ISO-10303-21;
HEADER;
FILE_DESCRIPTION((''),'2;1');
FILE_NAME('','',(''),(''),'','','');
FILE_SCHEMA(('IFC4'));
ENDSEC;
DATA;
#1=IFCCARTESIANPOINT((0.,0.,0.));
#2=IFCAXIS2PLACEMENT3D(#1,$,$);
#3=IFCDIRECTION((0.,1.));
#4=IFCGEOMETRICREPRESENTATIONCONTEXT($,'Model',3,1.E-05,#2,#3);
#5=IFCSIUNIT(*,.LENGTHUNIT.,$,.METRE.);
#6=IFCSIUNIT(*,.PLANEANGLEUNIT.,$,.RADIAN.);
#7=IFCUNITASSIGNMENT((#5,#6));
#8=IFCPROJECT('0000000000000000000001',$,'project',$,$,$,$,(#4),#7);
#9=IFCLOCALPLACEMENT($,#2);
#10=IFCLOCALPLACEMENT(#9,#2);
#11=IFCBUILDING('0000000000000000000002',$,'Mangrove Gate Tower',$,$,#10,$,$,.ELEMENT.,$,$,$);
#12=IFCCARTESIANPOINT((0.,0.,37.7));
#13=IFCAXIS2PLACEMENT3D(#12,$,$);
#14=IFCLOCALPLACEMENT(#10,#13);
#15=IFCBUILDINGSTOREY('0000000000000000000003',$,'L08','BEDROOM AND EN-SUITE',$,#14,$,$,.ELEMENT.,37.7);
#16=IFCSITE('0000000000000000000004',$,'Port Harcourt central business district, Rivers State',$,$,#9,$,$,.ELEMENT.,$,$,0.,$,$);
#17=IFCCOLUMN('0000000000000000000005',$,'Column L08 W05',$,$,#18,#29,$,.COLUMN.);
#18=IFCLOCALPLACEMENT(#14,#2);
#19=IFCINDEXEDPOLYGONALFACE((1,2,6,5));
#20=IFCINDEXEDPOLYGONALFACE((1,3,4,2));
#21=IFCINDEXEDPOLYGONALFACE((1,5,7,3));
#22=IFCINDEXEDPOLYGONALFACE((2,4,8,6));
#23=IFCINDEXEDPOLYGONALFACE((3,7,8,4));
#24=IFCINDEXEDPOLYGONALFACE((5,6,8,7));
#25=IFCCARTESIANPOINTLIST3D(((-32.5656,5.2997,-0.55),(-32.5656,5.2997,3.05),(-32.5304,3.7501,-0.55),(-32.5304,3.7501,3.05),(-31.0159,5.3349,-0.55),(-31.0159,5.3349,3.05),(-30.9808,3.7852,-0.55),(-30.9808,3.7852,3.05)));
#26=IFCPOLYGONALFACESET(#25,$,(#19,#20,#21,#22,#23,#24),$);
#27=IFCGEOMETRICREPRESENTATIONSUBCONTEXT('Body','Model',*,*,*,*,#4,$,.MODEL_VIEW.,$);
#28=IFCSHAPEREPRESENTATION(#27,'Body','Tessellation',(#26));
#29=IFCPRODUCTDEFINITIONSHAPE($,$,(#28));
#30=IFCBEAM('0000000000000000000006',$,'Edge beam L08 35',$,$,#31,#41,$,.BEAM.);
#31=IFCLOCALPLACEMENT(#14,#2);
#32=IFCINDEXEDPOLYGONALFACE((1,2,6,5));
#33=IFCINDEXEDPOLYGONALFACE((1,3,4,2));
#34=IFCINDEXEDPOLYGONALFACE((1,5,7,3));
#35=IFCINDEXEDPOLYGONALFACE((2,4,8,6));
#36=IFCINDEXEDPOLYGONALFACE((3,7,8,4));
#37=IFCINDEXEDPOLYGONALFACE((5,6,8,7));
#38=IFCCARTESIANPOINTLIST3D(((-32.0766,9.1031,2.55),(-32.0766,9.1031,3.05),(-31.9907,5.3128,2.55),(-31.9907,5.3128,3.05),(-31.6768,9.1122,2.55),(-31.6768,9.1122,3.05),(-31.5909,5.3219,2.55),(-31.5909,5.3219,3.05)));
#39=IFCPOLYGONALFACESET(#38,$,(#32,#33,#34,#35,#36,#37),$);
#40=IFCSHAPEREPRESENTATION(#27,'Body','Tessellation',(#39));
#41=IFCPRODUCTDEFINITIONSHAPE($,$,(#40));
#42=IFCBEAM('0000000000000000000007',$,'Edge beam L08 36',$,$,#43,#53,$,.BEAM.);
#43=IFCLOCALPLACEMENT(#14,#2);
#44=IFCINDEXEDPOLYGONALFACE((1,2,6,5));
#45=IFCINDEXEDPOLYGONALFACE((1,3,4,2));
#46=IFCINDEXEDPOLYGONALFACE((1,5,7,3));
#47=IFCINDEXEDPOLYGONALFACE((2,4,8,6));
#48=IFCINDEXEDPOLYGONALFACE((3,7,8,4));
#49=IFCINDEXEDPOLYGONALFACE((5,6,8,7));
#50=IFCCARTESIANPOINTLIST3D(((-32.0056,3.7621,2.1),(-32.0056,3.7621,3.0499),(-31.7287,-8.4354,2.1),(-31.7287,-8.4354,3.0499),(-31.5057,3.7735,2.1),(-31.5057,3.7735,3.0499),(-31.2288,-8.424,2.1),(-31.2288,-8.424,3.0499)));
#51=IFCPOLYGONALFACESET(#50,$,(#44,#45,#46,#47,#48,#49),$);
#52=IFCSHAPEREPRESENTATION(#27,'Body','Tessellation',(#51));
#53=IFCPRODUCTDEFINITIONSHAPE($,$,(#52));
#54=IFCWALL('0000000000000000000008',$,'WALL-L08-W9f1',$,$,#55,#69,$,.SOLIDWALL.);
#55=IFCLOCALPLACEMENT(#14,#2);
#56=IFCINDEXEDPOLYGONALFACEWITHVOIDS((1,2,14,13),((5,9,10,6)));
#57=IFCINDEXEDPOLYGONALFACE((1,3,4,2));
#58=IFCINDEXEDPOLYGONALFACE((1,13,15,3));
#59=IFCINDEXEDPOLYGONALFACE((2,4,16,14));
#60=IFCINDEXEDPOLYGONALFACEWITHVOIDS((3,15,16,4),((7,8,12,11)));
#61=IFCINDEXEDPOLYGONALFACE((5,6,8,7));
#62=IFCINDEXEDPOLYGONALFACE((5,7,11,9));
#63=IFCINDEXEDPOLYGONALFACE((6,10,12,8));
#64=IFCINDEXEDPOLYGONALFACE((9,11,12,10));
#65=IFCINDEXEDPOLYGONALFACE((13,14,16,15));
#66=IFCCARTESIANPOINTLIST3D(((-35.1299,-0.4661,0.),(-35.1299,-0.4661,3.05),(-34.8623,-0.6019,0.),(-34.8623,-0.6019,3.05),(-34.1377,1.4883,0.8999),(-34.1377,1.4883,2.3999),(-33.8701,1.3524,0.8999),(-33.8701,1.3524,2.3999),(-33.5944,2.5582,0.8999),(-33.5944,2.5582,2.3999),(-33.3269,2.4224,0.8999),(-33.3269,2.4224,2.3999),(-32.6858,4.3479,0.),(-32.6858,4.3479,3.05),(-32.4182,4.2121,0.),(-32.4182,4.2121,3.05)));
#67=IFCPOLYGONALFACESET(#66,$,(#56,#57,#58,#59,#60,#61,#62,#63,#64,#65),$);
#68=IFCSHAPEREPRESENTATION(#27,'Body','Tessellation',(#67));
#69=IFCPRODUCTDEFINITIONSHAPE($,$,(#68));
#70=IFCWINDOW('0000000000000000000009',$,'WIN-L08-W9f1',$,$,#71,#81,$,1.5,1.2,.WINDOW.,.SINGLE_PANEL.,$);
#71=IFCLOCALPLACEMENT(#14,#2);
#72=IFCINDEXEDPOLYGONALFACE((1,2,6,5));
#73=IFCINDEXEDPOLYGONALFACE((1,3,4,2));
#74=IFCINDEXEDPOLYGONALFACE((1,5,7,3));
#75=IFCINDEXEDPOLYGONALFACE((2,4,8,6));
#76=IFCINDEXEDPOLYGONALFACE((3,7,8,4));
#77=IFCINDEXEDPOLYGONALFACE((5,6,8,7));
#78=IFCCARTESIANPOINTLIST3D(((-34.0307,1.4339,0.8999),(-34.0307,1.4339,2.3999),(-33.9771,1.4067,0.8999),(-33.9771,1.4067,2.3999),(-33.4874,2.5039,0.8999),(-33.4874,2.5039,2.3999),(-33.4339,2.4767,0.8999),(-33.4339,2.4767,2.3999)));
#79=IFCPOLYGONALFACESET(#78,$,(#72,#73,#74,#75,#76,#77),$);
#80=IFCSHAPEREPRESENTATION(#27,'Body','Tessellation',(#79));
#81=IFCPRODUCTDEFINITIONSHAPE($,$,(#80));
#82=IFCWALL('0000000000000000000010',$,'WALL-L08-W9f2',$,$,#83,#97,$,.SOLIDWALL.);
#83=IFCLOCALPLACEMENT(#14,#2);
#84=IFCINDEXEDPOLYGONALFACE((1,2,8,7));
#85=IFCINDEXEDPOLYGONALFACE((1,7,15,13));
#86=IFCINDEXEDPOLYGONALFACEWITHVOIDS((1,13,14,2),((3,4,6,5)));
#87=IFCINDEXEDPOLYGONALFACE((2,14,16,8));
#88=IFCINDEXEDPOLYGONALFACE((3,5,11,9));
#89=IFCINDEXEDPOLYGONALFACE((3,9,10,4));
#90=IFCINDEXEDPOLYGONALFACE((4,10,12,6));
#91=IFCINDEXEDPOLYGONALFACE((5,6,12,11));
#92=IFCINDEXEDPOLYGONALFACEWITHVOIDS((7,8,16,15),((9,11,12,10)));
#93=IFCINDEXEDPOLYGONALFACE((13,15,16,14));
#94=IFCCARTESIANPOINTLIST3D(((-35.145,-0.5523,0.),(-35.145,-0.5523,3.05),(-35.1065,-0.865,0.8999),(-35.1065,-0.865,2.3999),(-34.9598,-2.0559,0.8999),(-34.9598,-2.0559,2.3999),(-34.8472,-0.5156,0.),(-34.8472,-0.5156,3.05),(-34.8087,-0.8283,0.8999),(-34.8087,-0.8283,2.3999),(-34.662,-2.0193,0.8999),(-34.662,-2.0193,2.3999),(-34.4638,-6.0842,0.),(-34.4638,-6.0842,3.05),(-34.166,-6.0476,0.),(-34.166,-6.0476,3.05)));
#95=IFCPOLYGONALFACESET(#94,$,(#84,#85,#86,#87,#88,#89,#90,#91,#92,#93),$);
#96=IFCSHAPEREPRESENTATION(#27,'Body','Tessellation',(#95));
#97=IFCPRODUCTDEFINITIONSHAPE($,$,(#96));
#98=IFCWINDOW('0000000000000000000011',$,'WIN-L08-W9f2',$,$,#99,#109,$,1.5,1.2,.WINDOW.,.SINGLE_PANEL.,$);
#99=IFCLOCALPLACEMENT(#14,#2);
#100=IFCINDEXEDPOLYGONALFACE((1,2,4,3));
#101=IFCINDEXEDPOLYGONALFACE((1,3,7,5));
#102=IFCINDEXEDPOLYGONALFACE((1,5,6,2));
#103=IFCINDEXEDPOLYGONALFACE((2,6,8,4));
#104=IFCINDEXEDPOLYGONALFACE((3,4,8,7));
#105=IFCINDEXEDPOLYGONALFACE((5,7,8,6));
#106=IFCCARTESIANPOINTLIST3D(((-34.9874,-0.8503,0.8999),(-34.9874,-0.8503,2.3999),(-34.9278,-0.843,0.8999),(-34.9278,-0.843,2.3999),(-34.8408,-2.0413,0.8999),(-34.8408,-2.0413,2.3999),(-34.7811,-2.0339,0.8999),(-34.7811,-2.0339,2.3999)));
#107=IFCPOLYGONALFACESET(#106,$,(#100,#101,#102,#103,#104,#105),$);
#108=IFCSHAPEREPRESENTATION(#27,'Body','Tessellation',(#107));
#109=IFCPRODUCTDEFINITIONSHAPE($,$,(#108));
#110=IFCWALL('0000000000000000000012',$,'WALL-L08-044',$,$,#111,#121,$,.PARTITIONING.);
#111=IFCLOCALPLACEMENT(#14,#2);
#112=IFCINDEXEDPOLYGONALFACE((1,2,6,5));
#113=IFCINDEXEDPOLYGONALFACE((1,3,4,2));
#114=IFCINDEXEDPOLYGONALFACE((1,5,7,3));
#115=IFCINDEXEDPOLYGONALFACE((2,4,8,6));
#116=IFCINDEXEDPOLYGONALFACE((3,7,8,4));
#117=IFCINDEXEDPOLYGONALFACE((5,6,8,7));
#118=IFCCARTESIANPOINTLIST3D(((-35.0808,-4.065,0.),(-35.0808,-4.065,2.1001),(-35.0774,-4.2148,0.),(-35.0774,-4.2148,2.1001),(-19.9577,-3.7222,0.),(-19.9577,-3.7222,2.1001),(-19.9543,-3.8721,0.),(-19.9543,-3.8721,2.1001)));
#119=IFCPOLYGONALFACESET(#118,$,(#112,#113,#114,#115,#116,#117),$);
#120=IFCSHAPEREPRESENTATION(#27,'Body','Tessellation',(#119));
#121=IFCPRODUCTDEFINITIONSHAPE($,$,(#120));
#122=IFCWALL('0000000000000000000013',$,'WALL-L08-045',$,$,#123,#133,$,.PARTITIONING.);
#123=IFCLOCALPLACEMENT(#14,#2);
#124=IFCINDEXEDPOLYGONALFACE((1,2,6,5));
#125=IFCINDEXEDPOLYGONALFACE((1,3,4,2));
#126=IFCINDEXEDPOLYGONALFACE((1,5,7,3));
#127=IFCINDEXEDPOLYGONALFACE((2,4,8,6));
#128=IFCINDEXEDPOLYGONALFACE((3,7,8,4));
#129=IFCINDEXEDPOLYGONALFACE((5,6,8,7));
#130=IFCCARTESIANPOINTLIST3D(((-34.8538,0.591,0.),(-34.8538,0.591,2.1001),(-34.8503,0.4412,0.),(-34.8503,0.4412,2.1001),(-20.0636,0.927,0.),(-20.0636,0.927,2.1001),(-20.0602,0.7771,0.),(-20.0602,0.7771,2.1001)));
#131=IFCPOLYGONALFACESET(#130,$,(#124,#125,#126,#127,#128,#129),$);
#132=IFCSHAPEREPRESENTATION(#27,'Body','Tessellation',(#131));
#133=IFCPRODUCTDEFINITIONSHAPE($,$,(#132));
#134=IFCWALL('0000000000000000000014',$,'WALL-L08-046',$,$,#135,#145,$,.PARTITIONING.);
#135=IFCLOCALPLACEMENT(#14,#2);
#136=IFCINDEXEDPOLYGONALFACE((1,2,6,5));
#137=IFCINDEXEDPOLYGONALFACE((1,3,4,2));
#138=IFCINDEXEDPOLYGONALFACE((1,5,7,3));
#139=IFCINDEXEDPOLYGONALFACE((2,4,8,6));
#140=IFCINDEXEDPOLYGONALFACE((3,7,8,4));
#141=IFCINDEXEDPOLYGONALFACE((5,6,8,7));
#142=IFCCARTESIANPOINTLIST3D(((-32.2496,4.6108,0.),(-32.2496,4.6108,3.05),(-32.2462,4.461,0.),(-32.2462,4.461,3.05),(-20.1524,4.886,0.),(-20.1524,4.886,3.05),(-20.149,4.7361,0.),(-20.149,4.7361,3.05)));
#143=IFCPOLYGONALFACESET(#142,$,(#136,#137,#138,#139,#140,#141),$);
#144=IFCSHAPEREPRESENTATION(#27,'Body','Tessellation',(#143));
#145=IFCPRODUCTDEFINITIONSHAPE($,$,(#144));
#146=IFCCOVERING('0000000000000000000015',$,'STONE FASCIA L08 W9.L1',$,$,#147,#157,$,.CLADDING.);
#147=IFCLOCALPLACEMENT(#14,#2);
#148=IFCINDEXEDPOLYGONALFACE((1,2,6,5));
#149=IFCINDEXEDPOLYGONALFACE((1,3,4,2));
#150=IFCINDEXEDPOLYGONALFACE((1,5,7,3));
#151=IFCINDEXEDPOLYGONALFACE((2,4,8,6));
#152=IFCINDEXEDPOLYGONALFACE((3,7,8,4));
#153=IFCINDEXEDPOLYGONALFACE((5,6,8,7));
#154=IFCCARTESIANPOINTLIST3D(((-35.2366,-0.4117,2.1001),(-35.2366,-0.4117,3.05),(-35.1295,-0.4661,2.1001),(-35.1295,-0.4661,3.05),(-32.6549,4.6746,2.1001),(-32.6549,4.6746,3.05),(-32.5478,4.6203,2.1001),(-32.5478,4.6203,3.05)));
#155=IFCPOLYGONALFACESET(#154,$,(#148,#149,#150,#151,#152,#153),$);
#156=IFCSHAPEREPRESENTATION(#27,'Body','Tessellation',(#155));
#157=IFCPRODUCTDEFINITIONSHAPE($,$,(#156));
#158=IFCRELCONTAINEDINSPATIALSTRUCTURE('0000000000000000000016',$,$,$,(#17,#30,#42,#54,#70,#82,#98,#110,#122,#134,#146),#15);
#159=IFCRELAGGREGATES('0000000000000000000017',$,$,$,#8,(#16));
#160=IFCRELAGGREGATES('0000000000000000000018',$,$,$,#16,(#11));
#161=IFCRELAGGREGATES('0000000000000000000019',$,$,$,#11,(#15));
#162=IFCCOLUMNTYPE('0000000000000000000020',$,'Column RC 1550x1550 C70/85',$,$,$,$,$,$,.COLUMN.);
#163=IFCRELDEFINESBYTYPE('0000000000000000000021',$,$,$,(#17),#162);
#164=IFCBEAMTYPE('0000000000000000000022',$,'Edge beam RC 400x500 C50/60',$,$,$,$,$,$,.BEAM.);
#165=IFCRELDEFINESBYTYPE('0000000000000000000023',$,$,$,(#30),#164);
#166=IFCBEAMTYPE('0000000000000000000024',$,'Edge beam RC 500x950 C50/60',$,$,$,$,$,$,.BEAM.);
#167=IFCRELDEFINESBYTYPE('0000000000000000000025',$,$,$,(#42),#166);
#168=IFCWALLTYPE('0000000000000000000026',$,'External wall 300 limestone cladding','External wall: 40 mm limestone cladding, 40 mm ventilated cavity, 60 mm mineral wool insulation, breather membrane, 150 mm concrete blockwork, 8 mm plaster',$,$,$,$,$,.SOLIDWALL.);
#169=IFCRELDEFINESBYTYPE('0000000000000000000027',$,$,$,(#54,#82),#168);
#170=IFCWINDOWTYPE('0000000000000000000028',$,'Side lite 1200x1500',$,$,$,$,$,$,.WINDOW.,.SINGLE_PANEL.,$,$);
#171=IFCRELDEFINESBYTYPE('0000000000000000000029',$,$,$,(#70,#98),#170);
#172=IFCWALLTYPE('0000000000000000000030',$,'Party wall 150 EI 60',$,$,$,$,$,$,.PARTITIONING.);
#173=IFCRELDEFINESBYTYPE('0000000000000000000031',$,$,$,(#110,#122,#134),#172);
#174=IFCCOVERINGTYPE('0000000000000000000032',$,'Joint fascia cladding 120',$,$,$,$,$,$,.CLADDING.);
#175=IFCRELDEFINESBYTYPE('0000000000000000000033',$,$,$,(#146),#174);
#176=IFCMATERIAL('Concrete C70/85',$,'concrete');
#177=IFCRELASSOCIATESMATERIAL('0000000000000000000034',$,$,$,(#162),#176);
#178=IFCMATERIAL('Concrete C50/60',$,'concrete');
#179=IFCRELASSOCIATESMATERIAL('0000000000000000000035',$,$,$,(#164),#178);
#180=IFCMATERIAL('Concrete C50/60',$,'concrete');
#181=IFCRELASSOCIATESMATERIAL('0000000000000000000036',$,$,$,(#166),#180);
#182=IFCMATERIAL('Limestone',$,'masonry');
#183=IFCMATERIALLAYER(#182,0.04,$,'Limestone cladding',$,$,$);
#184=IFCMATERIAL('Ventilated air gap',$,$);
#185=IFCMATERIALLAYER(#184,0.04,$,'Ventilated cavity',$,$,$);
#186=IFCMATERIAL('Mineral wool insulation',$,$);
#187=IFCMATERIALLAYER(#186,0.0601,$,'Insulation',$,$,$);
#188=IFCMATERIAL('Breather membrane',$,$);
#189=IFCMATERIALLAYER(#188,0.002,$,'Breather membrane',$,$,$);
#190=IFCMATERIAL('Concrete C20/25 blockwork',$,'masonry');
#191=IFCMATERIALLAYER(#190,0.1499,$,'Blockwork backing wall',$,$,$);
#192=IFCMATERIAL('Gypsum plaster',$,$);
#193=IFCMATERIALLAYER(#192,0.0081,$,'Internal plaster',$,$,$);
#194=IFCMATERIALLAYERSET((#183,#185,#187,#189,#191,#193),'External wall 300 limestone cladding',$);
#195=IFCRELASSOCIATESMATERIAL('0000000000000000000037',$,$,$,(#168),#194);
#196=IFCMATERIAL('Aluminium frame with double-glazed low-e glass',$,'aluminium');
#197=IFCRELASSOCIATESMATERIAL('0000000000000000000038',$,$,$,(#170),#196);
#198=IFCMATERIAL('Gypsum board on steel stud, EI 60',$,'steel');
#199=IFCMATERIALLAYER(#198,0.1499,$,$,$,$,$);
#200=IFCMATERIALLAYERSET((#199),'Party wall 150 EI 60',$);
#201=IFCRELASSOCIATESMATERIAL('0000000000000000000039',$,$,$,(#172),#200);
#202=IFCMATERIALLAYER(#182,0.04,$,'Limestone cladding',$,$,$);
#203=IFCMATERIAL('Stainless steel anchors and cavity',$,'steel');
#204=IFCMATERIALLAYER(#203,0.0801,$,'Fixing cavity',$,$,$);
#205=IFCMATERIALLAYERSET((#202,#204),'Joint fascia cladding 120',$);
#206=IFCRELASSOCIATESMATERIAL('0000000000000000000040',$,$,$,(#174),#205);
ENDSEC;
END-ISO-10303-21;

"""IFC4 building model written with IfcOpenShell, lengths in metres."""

from ifc_helpers import new_model, si_unit, direction, frame, frame_2d, origin, origin_2d, place, context, subcontext, project, spatial, rectangle, extrude, material, layer, layer_set, material_profile, profile_set, type_object, element, fill, save


model = new_model("IFC4")

# Units and contexts
model_context = context("Model", 3, precision=1e-05, world=origin(), true_north=direction((0.0, 1.0)))
body_context = subcontext(model_context, "Body", "Model", "MODEL_VIEW")
ifc_project = project(units=[si_unit("LENGTHUNIT", "METRE"), si_unit("PLANEANGLEUNIT", "RADIAN")], contexts=[model_context])

# Site, building, storey
site_placement = place(None, origin())
site = spatial("IfcSite", under=ifc_project, at=site_placement, Name="Port Harcourt central business district, Rivers State", CompositionType="ELEMENT", RefElevation=0.0)
building_placement = place(site_placement, origin())
building = spatial("IfcBuilding", under=site, at=building_placement, Name="Mangrove Gate Tower", CompositionType="ELEMENT")
storey_placement = place(building_placement, frame((0.0, 0.0, 37.7)))
storey = spatial("IfcBuildingStorey", under=building, at=storey_placement, Name="L08", Description="BEDROOM AND EN-SUITE", CompositionType="ELEMENT", Elevation=37.7)

# Column
ifc_material_1 = material(Name="Concrete C70/85", Category="concrete")
ifc_material_profile_1 = material_profile(ifc_material_1, rectangle(XDim=1.55, YDim=1.55, at=origin_2d()))
ifc_profile_set_1 = profile_set([ifc_material_profile_1], Name="Concrete C70/85")
column_type = type_object("IfcColumnType", Name="Column RC 1550x1550 C70/85", PredefinedType="COLUMN", material=ifc_profile_set_1)
column_placement = place(storey_placement, frame((-31.7732, 4.5425, -0.55), z_axis=(0.0, 0.0, 1.0), x_axis=(0.02268, -0.999743, 0.0)))
element("IfcColumn", 1, at=column_placement, inside=storey, type_object=column_type, Name="Column L08 W05", PredefinedType="COLUMN", context=body_context, shape_type="SweptSolid", body=[
    extrude(rectangle(XDim=1.55, YDim=1.55, at=origin_2d()), origin(), (0.0, 0.0, 1.0), 3.6001),
])

# Beams
ifc_material_2 = material(Name="Concrete C50/60", Category="concrete")
ifc_material_profile_2 = material_profile(ifc_material_2, rectangle(XDim=0.3999, YDim=0.5, at=origin_2d()))
ifc_profile_set_2 = profile_set([ifc_material_profile_2], Name="Concrete C50/60")
beam_type_1 = type_object("IfcBeamType", Name="Edge beam RC 400x500 C50/60", PredefinedType="BEAM", material=ifc_profile_set_2)
beam_1_placement = place(storey_placement, frame((-31.8767, 9.1077, 2.8), z_axis=(0.022667, -0.999743, 0.0), x_axis=(0.999743, 0.022667, 0.0)))
element("IfcBeam", 2, at=beam_1_placement, inside=storey, type_object=beam_type_1, Name="Edge beam L08 35", PredefinedType="BEAM", context=body_context, shape_type="SweptSolid", body=[
    extrude(rectangle(XDim=0.3999, YDim=0.5, at=origin_2d()), origin(), (0.0, 0.0, 1.0), 3.7913),
])
ifc_material_3 = material(Name="Concrete C50/60", Category="concrete")
ifc_material_profile_3 = material_profile(ifc_material_3, rectangle(XDim=0.5, YDim=0.95, at=origin_2d()))
ifc_profile_set_3 = profile_set([ifc_material_profile_3], Name="Concrete C50/60")
beam_type_2 = type_object("IfcBeamType", Name="Edge beam RC 500x950 C50/60", PredefinedType="BEAM", material=ifc_profile_set_3)
beam_2_placement = place(storey_placement, frame((-31.7556, 3.7678, 2.575), z_axis=(0.022692, -0.999743, 0.0), x_axis=(0.999743, 0.022692, 0.0)))
element("IfcBeam", 3, at=beam_2_placement, inside=storey, type_object=beam_type_2, Name="Edge beam L08 36", PredefinedType="BEAM", context=body_context, shape_type="SweptSolid", body=[
    extrude(rectangle(XDim=0.5, YDim=0.95, at=origin_2d()), origin(), (0.0, 0.0, 1.0), 12.2007),
])

# Walls, openings, windows
ifc_material_4 = material(Name="Limestone", Category="masonry")
ifc_layer_1 = layer(ifc_material_4, 0.04, Name="Limestone cladding")
ifc_material_5 = material(Name="Ventilated air gap")
ifc_layer_2 = layer(ifc_material_5, 0.04, Name="Ventilated cavity")
ifc_material_6 = material(Name="Mineral wool insulation")
ifc_layer_3 = layer(ifc_material_6, 0.0601, Name="Insulation")
ifc_material_7 = material(Name="Breather membrane")
ifc_layer_4 = layer(ifc_material_7, 0.002, Name="Breather membrane")
ifc_material_8 = material(Name="Concrete C20/25 blockwork", Category="masonry")
ifc_layer_5 = layer(ifc_material_8, 0.1499, Name="Blockwork backing wall")
ifc_material_9 = material(Name="Gypsum plaster")
ifc_layer_6 = layer(ifc_material_9, 0.0081, Name="Internal plaster")
ifc_layer_set_1 = layer_set([ifc_layer_1, ifc_layer_2, ifc_layer_3, ifc_layer_4, ifc_layer_5, ifc_layer_6], Name="External wall 300 limestone cladding")
wall_type_1 = type_object("IfcWallType", Name="External wall 300 limestone cladding", Description="External wall: 40 mm limestone cladding, 40 mm ventilated cavity, 60 mm mineral wool insulation, breather membrane, 150 mm concrete blockwork, 8 mm plaster", PredefinedType="SOLIDWALL", material=ifc_layer_set_1)
wall_1_placement = place(storey_placement, frame((-32.552, 4.28, 0.0), z_axis=(0.0, 0.0, 1.0), x_axis=(-0.452704, -0.891661, 0.0)))
wall_1 = element("IfcWall", 4, at=wall_1_placement, inside=storey, type_object=wall_type_1, Name="WALL-L08-W9f1", PredefinedType="SOLIDWALL", context=body_context, shape_type="SweptSolid", body=[
    extrude(rectangle(XDim=5.3989, YDim=0.3, at=frame_2d((2.6995, 0.0))), origin(), (0.0, 0.0, 1.0), 3.05),
])
opening_1_placement = place(wall_1_placement, frame((2.0071, 0.0, 0.8999)))
opening_1 = element("IfcOpeningElement", 5, at=opening_1_placement, cuts=wall_1, PredefinedType="OPENING", context=body_context, shape_type="SweptSolid", body=[
    extrude(rectangle(XDim=1.2, YDim=1.5, at=frame_2d((0.6001, 0.75))), frame((0.0, 0.1599, 0.0), z_axis=(0.0, -1.0, 0.0), x_axis=(1.0, 0.0, 0.0)), (0.0, 0.0, 1.0), 0.3201),
])
ifc_material_10 = material(Name="Aluminium frame with double-glazed low-e glass", Category="aluminium")
window_type = type_object("IfcWindowType", Name="Side lite 1200x1500", PartitioningType="SINGLE_PANEL", PredefinedType="WINDOW", material=ifc_material_10)
window_1_placement = place(opening_1_placement, origin())
window_1 = element("IfcWindow", 6, at=window_1_placement, inside=storey, type_object=window_type, Name="WIN-L08-W9f1", OverallHeight=1.5, OverallWidth=1.2, PartitioningType="SINGLE_PANEL", PredefinedType="WINDOW", context=body_context, shape_type="SweptSolid", body=[
    extrude(rectangle(XDim=1.2, YDim=1.5, at=frame_2d((0.6001, 0.75))), frame((0.0, 0.03, 0.0), z_axis=(0.0, -1.0, 0.0), x_axis=(1.0, 0.0, 0.0)), (0.0, 0.0, 1.0), 0.0601),
])
fill(opening_1, window_1)
wall_2_placement = place(storey_placement, frame((-34.9961, -0.5339, 0.0), z_axis=(0.0, 0.0, 1.0), x_axis=(0.122207, -0.992505, 0.0)))
wall_2 = element("IfcWall", 7, at=wall_2_placement, inside=storey, type_object=wall_type_1, Name="WALL-L08-W9f2", PredefinedType="SOLIDWALL", context=body_context, shape_type="SweptSolid", body=[
    extrude(rectangle(XDim=5.5737, YDim=0.3, at=frame_2d((2.7869, 0.0))), origin(), (0.0, 0.0, 1.0), 3.05),
])
opening_2_placement = place(wall_2_placement, frame((0.3149, 0.0, 0.8999)))
opening_2 = element("IfcOpeningElement", 8, at=opening_2_placement, cuts=wall_2, PredefinedType="OPENING", context=body_context, shape_type="SweptSolid", body=[
    extrude(rectangle(XDim=1.2, YDim=1.5, at=frame_2d((0.6001, 0.75))), frame((0.0, 0.1599, 0.0), z_axis=(0.0, -1.0, 0.0), x_axis=(1.0, 0.0, 0.0)), (0.0, 0.0, 1.0), 0.3201),
])
window_2_placement = place(opening_2_placement, origin())
window_2 = element("IfcWindow", 9, at=window_2_placement, inside=storey, type_object=window_type, Name="WIN-L08-W9f2", OverallHeight=1.5, OverallWidth=1.2, PartitioningType="SINGLE_PANEL", PredefinedType="WINDOW", context=body_context, shape_type="SweptSolid", body=[
    extrude(rectangle(XDim=1.2, YDim=1.5, at=frame_2d((0.6001, 0.75))), frame((0.0, 0.03, 0.0), z_axis=(0.0, -1.0, 0.0), x_axis=(1.0, 0.0, 0.0)), (0.0, 0.0, 1.0), 0.0601),
])
fill(opening_2, window_2)

# Walls
ifc_material_11 = material(Name="Gypsum board on steel stud, EI 60", Category="steel")
ifc_layer_7 = layer(ifc_material_11, 0.1499)
ifc_layer_set_2 = layer_set([ifc_layer_7], Name="Party wall 150 EI 60")
wall_type_2 = type_object("IfcWallType", Name="Party wall 150 EI 60", PredefinedType="PARTITIONING", material=ifc_layer_set_2)
wall_3_placement = place(storey_placement, frame((-35.0791, -4.1399, 0.0), z_axis=(0.0, 0.0, 1.0), x_axis=(0.999743, 0.02266, 0.0)))
element("IfcWall", 10, at=wall_3_placement, inside=storey, type_object=wall_type_2, Name="WALL-L08-044", PredefinedType="PARTITIONING", context=body_context, shape_type="SweptSolid", body=[
    extrude(rectangle(XDim=15.127, YDim=0.1499, at=frame_2d((7.5635, 0.0))), origin(), (0.0, 0.0, 1.0), 2.1001),
])
wall_4_placement = place(storey_placement, frame((-34.8521, 0.5161, 0.0), z_axis=(0.0, 0.0, 1.0), x_axis=(0.999742, 0.022708, 0.0)))
element("IfcWall", 11, at=wall_4_placement, inside=storey, type_object=wall_type_2, Name="WALL-L08-045", PredefinedType="PARTITIONING", context=body_context, shape_type="SweptSolid", body=[
    extrude(rectangle(XDim=14.7939, YDim=0.1499, at=frame_2d((7.397, 0.0))), origin(), (0.0, 0.0, 1.0), 2.1001),
])
wall_5_placement = place(storey_placement, frame((-32.248, 4.5359, 0.0), z_axis=(0.0, 0.0, 1.0), x_axis=(0.999741, 0.022739, 0.0)))
element("IfcWall", 12, at=wall_5_placement, inside=storey, type_object=wall_type_2, Name="WALL-L08-046", PredefinedType="PARTITIONING", context=body_context, shape_type="SweptSolid", body=[
    extrude(rectangle(XDim=12.1003, YDim=0.1499, at=frame_2d((6.0503, 0.0))), origin(), (0.0, 0.0, 1.0), 3.05),
])

# Covering
ifc_layer_8 = layer(ifc_material_4, 0.04, Name="Limestone cladding")
ifc_material_12 = material(Name="Stainless steel anchors and cavity", Category="steel")
ifc_layer_9 = layer(ifc_material_12, 0.0801, Name="Fixing cavity")
ifc_layer_set_3 = layer_set([ifc_layer_8, ifc_layer_9], Name="Joint fascia cladding 120")
covering_type = type_object("IfcCoveringType", Name="Joint fascia cladding 120", PredefinedType="CLADDING", material=ifc_layer_set_3)
covering_placement = place(storey_placement, frame((-32.6013, 4.6475, 2.1001), z_axis=(0.0, 0.0, 1.0), x_axis=(-0.452615, -0.891706, 0.0)))
element("IfcCovering", 13, at=covering_placement, inside=storey, type_object=covering_type, Name="STONE FASCIA L08 W9.L1", PredefinedType="CLADDING", context=body_context, shape_type="SweptSolid", body=[
    extrude(rectangle(XDim=5.7041, YDim=0.1201, at=frame_2d((2.8521, 0.0))), origin(), (0.0, 0.0, 1.0), 0.95),
])

save(model, "model.ifc")
